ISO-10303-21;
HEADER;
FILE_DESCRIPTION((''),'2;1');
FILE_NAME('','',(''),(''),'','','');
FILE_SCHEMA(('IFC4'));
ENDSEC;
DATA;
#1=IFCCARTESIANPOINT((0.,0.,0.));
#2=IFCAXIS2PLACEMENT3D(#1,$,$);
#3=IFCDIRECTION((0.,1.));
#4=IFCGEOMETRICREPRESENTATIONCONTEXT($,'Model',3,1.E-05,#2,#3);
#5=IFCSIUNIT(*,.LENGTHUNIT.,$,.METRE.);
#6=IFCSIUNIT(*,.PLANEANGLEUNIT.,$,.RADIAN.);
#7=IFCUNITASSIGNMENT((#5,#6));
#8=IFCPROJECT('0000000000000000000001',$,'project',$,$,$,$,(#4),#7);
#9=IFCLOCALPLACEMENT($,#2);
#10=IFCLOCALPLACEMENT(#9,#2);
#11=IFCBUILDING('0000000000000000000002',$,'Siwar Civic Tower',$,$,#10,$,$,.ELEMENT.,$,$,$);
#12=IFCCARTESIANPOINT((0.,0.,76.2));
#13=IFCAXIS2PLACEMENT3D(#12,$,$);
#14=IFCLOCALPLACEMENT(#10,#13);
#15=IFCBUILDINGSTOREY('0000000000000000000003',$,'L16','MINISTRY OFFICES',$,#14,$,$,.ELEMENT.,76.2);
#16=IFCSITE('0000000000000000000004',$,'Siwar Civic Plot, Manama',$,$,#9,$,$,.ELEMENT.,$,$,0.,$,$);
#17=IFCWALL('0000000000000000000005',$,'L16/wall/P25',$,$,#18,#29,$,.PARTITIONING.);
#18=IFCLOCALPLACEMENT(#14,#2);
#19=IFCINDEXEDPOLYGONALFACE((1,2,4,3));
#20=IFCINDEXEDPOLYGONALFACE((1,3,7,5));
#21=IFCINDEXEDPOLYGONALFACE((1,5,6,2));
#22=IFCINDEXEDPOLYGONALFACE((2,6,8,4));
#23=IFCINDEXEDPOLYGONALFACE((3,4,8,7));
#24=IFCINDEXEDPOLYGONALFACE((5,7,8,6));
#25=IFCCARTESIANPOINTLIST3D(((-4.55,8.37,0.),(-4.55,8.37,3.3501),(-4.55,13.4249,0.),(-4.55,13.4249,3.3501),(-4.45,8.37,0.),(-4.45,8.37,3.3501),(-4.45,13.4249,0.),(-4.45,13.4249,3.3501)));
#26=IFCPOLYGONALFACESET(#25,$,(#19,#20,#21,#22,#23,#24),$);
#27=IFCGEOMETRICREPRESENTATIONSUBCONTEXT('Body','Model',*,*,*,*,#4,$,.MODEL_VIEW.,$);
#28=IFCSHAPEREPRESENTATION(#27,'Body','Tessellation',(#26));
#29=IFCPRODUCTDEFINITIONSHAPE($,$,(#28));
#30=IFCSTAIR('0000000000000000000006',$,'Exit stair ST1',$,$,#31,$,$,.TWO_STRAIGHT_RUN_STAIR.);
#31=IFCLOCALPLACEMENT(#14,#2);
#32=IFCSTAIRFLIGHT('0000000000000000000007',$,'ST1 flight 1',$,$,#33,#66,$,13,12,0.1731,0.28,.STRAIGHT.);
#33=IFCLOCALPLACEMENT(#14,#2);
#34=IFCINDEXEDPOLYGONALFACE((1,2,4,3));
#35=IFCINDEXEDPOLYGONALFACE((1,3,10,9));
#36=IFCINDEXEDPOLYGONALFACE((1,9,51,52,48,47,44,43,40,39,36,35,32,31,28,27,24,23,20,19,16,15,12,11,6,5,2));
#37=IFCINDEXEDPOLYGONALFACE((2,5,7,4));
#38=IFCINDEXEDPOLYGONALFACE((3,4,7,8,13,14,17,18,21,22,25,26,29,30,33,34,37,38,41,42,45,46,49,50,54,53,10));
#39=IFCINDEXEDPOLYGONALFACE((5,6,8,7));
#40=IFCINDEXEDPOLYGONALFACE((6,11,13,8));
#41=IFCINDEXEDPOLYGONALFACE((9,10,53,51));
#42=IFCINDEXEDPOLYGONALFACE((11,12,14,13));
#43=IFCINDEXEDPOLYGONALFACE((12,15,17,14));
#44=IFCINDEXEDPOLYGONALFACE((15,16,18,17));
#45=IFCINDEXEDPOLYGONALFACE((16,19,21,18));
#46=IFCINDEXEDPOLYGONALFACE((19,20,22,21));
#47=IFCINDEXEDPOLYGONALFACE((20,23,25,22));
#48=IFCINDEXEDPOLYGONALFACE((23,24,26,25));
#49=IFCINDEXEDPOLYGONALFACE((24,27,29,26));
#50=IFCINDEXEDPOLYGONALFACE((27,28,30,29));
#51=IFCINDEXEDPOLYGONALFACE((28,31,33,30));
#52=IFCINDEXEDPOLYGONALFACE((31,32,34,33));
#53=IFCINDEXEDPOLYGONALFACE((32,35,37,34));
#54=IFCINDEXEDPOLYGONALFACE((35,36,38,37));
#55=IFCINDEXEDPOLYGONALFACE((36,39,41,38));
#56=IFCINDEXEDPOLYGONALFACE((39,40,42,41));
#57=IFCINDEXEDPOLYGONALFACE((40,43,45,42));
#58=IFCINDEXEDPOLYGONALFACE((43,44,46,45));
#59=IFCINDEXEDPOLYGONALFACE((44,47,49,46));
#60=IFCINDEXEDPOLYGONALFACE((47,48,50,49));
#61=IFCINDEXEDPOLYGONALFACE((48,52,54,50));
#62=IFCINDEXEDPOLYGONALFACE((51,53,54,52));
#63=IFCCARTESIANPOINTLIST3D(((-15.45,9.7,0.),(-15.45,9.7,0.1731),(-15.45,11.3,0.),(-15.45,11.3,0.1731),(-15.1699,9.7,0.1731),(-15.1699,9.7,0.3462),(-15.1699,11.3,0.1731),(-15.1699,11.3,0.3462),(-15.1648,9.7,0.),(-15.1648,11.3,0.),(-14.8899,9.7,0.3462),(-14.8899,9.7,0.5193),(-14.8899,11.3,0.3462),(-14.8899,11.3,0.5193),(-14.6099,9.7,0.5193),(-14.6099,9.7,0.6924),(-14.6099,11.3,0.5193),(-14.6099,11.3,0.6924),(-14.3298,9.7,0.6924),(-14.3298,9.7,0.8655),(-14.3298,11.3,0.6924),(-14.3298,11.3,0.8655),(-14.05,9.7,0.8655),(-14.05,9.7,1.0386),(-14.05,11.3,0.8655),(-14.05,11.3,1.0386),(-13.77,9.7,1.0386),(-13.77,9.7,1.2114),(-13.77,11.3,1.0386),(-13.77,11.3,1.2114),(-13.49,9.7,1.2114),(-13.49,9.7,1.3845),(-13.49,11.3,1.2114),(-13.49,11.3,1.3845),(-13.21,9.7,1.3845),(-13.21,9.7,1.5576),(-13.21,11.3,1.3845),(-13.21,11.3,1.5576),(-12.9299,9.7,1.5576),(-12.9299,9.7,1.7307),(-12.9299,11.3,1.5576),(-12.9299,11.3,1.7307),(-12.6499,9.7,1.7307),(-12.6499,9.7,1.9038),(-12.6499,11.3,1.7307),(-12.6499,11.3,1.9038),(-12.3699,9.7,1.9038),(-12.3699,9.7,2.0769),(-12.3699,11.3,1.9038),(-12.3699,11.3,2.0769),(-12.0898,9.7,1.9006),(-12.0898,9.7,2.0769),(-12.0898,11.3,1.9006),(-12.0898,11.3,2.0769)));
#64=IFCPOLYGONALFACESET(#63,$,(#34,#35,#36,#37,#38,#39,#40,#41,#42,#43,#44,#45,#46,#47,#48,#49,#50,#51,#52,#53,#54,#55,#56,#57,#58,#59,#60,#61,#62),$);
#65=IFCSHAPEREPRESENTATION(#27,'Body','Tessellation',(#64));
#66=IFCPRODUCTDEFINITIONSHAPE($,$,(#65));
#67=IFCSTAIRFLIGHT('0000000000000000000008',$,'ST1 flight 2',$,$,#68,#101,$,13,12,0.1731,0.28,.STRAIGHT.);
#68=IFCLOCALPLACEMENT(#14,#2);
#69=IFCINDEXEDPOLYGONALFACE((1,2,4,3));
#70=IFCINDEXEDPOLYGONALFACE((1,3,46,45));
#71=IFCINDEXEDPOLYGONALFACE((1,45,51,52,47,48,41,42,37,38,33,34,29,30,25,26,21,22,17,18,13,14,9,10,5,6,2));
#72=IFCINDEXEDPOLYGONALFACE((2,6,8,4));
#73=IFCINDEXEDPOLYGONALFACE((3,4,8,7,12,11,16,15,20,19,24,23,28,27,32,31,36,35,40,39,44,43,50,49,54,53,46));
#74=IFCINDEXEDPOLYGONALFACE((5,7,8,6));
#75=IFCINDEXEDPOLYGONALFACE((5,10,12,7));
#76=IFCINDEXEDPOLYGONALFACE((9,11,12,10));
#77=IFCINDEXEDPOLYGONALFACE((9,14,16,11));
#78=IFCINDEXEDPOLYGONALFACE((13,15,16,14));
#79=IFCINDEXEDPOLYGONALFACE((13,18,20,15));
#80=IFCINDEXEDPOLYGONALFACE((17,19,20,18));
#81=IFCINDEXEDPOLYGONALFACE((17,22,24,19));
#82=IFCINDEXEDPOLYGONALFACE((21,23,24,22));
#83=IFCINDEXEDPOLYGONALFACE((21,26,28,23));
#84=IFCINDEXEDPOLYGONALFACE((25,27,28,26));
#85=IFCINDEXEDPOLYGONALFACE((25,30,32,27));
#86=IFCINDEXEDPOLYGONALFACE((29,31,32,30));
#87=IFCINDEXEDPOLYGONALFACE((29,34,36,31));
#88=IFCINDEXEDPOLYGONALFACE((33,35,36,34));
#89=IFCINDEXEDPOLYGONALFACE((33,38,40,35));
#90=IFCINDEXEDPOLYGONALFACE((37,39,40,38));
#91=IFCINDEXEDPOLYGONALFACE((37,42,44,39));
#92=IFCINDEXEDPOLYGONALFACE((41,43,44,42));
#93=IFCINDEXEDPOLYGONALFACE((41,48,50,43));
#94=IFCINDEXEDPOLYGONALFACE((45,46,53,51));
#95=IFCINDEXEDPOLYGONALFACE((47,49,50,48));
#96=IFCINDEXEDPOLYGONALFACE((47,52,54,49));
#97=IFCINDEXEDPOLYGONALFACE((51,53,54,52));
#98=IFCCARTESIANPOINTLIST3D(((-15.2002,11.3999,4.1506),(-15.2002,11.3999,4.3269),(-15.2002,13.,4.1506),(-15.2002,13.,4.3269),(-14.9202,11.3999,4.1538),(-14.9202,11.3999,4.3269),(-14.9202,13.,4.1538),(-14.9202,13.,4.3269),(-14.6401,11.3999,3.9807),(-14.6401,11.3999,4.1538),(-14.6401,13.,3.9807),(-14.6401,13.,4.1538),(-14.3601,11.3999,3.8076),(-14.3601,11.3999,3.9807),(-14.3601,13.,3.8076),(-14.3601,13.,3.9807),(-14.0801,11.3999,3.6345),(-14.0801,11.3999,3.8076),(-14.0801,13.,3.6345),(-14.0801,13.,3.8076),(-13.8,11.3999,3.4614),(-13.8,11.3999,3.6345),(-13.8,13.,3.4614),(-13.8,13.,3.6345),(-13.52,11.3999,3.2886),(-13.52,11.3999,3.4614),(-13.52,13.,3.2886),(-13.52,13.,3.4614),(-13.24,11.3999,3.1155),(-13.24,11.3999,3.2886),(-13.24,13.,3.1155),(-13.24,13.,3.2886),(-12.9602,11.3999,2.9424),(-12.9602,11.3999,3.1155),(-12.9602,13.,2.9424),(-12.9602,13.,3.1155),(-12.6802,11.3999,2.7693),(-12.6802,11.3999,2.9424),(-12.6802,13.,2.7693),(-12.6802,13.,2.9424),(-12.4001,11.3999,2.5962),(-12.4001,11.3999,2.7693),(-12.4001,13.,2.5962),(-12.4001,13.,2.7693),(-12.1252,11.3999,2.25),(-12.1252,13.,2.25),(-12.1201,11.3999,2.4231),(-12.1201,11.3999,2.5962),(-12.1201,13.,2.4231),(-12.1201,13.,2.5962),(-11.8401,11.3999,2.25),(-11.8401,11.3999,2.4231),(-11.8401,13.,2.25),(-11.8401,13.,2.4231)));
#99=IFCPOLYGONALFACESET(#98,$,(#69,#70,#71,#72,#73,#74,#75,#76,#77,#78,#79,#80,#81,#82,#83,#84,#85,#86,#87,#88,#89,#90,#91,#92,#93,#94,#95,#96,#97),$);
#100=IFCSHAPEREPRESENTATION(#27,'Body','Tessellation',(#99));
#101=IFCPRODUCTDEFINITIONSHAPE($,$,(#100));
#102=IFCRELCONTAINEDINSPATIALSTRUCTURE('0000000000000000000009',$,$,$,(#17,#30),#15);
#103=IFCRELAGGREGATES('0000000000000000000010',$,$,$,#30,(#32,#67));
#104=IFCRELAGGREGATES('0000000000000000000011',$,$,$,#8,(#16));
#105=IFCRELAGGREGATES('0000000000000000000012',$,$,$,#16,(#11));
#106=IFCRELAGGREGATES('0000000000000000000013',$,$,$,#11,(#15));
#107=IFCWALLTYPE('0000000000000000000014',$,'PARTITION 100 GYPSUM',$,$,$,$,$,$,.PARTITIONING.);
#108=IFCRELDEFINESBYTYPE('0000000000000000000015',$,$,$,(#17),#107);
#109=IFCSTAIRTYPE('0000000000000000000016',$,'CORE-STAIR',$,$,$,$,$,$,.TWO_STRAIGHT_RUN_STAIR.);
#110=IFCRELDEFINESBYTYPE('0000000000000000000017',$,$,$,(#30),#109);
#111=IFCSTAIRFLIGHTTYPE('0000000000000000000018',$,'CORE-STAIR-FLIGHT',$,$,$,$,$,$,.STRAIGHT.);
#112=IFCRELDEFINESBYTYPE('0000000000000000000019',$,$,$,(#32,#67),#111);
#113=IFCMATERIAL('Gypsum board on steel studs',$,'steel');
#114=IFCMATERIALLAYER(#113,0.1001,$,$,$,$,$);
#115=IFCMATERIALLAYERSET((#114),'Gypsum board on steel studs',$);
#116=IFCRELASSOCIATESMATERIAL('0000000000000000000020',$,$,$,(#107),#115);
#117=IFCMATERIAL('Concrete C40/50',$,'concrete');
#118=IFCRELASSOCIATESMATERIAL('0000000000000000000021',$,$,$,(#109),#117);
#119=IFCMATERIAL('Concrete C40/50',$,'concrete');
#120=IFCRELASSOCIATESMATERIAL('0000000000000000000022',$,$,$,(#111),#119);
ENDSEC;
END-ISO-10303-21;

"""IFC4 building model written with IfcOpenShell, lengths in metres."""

from ifc_helpers import new_model, si_unit, direction, frame, frame_2d, origin, place, context, subcontext, project, spatial, polyline, rectangle, outline, extrude, material, layer, layer_set, type_object, element, aggregate, save


model = new_model("IFC4")

# Units and contexts
model_context = context("Model", 3, precision=1e-05, world=origin(), true_north=direction((0.0, 1.0)))
body_context = subcontext(model_context, "Body", "Model", "MODEL_VIEW")
ifc_project = project(units=[si_unit("LENGTHUNIT", "METRE"), si_unit("PLANEANGLEUNIT", "RADIAN")], contexts=[model_context])

# Site, building, storey
site_placement = place(None, origin())
site = spatial("IfcSite", under=ifc_project, at=site_placement, Name="Siwar Civic Plot, Manama", CompositionType="ELEMENT", RefElevation=0.0)
building_placement = place(site_placement, origin())
building = spatial("IfcBuilding", under=site, at=building_placement, Name="Siwar Civic Tower", CompositionType="ELEMENT")
storey_placement = place(building_placement, frame((0.0, 0.0, 76.2)))
storey = spatial("IfcBuildingStorey", under=building, at=storey_placement, Name="L16", Description="MINISTRY OFFICES", CompositionType="ELEMENT", Elevation=76.2)

# Wall
ifc_material_1 = material(Name="Gypsum board on steel studs", Category="steel")
ifc_layer_1 = layer(ifc_material_1, 0.1001)
ifc_layer_set_1 = layer_set([ifc_layer_1], Name="Gypsum board on steel studs")
wall_type_1 = type_object("IfcWallType", Name="PARTITION 100 GYPSUM", PredefinedType="PARTITIONING", material=ifc_layer_set_1)
wall_1_placement = place(storey_placement, frame((-4.5, 8.3701, 0.0), z_axis=(0.0, 0.0, 1.0), x_axis=(0.0, 1.0, 0.0)))
element("IfcWall", 1, at=wall_1_placement, inside=storey, type_object=wall_type_1, Name="L16/wall/P25", PredefinedType="PARTITIONING", context=body_context, shape_type="SweptSolid", body=[
    extrude(rectangle(XDim=5.0549, YDim=0.1001, at=frame_2d((2.5273, 0.0))), origin(), (0.0, 0.0, 1.0), 3.3501),
])

# Stair, stair flights
ifc_material_2 = material(Name="Concrete C40/50", Category="concrete")
stair_type = type_object("IfcStairType", Name="CORE-STAIR", PredefinedType="TWO_STRAIGHT_RUN_STAIR", material=ifc_material_2)
stair_placement = place(storey_placement, origin())
stair = element("IfcStair", 2, at=stair_placement, inside=storey, type_object=stair_type, Name="Exit stair ST1", PredefinedType="TWO_STRAIGHT_RUN_STAIR")
ifc_material_3 = material(Name="Concrete C40/50", Category="concrete")
stair_flight_type = type_object("IfcStairFlightType", Name="CORE-STAIR-FLIGHT", PredefinedType="STRAIGHT", material=ifc_material_3)
stair_flight_1_placement = place(storey_placement, frame((-15.45, 10.5, 0.0), z_axis=(0.0, 0.0, 1.0), x_axis=(1.0, 0.0, 0.0)))
stair_flight_1 = element("IfcStairFlight", 3, at=stair_flight_1_placement, type_object=stair_flight_type, Name="ST1 flight 1", NumberOfRisers=13, NumberOfTreads=12, PredefinedType="STRAIGHT", RiserHeight=0.1731, TreadLength=0.28, context=body_context, shape_type="SweptSolid", body=[
    extrude(outline(polyline([(0.0, 0.0), (0.0, 0.1731), (0.28, 0.1731), (0.28, 0.3462), (0.5601, 0.3462), (0.5601, 0.5193), (0.8401, 0.5193), (0.8401, 0.6924), (1.1201, 0.6924), (1.1201, 0.8655), (1.3999, 0.8655), (1.3999, 1.0386), (1.6799, 1.0386), (1.6799, 1.2114), (1.96, 1.2114), (1.96, 1.3845), (2.24, 1.3845), (2.24, 1.5576), (2.52, 1.5576), (2.52, 1.7307), (2.8, 1.7307), (2.8, 1.9038), (3.0801, 1.9038), (3.0801, 2.0769), (3.3601, 2.0769), (3.3601, 2.25), (3.3601, 1.9006), (0.2852, 0.0), (0.0, 0.0)])), frame((0.0, 0.8, 0.0), z_axis=(0.0, -1.0, 0.0), x_axis=(1.0, 0.0, 0.0)), (0.0, 0.0, 1.0), 1.6001),
])
stair_flight_2_placement = place(storey_placement, frame((-11.8401, 12.2, 2.25), z_axis=(0.0, 0.0, 1.0), x_axis=(-1.0, 0.0, 0.0)))
stair_flight_2 = element("IfcStairFlight", 4, at=stair_flight_2_placement, type_object=stair_flight_type, Name="ST1 flight 2", NumberOfRisers=13, NumberOfTreads=12, PredefinedType="STRAIGHT", RiserHeight=0.1731, TreadLength=0.28, context=body_context, shape_type="SweptSolid", body=[
    extrude(outline(polyline([(0.0, 0.0), (0.0, 0.1731), (0.28, 0.1731), (0.28, 0.3462), (0.5601, 0.3462), (0.5601, 0.5193), (0.8401, 0.5193), (0.8401, 0.6924), (1.1201, 0.6924), (1.1201, 0.8655), (1.3999, 0.8655), (1.3999, 1.0386), (1.6799, 1.0386), (1.6799, 1.2114), (1.96, 1.2114), (1.96, 1.3845), (2.24, 1.3845), (2.24, 1.5576), (2.52, 1.5576), (2.52, 1.7307), (2.8, 1.7307), (2.8, 1.9038), (3.0801, 1.9038), (3.0801, 2.0769), (3.3601, 2.0769), (3.3601, 2.25), (3.3601, 1.9006), (0.2852, 0.0), (0.0, 0.0)])), frame((0.0, 0.8, 0.0), z_axis=(0.0, -1.0, 0.0), x_axis=(1.0, 0.0, 0.0)), (0.0, 0.0, 1.0), 1.6001),
])
aggregate(stair, [stair_flight_1, stair_flight_2])

save(model, "model.ifc")
